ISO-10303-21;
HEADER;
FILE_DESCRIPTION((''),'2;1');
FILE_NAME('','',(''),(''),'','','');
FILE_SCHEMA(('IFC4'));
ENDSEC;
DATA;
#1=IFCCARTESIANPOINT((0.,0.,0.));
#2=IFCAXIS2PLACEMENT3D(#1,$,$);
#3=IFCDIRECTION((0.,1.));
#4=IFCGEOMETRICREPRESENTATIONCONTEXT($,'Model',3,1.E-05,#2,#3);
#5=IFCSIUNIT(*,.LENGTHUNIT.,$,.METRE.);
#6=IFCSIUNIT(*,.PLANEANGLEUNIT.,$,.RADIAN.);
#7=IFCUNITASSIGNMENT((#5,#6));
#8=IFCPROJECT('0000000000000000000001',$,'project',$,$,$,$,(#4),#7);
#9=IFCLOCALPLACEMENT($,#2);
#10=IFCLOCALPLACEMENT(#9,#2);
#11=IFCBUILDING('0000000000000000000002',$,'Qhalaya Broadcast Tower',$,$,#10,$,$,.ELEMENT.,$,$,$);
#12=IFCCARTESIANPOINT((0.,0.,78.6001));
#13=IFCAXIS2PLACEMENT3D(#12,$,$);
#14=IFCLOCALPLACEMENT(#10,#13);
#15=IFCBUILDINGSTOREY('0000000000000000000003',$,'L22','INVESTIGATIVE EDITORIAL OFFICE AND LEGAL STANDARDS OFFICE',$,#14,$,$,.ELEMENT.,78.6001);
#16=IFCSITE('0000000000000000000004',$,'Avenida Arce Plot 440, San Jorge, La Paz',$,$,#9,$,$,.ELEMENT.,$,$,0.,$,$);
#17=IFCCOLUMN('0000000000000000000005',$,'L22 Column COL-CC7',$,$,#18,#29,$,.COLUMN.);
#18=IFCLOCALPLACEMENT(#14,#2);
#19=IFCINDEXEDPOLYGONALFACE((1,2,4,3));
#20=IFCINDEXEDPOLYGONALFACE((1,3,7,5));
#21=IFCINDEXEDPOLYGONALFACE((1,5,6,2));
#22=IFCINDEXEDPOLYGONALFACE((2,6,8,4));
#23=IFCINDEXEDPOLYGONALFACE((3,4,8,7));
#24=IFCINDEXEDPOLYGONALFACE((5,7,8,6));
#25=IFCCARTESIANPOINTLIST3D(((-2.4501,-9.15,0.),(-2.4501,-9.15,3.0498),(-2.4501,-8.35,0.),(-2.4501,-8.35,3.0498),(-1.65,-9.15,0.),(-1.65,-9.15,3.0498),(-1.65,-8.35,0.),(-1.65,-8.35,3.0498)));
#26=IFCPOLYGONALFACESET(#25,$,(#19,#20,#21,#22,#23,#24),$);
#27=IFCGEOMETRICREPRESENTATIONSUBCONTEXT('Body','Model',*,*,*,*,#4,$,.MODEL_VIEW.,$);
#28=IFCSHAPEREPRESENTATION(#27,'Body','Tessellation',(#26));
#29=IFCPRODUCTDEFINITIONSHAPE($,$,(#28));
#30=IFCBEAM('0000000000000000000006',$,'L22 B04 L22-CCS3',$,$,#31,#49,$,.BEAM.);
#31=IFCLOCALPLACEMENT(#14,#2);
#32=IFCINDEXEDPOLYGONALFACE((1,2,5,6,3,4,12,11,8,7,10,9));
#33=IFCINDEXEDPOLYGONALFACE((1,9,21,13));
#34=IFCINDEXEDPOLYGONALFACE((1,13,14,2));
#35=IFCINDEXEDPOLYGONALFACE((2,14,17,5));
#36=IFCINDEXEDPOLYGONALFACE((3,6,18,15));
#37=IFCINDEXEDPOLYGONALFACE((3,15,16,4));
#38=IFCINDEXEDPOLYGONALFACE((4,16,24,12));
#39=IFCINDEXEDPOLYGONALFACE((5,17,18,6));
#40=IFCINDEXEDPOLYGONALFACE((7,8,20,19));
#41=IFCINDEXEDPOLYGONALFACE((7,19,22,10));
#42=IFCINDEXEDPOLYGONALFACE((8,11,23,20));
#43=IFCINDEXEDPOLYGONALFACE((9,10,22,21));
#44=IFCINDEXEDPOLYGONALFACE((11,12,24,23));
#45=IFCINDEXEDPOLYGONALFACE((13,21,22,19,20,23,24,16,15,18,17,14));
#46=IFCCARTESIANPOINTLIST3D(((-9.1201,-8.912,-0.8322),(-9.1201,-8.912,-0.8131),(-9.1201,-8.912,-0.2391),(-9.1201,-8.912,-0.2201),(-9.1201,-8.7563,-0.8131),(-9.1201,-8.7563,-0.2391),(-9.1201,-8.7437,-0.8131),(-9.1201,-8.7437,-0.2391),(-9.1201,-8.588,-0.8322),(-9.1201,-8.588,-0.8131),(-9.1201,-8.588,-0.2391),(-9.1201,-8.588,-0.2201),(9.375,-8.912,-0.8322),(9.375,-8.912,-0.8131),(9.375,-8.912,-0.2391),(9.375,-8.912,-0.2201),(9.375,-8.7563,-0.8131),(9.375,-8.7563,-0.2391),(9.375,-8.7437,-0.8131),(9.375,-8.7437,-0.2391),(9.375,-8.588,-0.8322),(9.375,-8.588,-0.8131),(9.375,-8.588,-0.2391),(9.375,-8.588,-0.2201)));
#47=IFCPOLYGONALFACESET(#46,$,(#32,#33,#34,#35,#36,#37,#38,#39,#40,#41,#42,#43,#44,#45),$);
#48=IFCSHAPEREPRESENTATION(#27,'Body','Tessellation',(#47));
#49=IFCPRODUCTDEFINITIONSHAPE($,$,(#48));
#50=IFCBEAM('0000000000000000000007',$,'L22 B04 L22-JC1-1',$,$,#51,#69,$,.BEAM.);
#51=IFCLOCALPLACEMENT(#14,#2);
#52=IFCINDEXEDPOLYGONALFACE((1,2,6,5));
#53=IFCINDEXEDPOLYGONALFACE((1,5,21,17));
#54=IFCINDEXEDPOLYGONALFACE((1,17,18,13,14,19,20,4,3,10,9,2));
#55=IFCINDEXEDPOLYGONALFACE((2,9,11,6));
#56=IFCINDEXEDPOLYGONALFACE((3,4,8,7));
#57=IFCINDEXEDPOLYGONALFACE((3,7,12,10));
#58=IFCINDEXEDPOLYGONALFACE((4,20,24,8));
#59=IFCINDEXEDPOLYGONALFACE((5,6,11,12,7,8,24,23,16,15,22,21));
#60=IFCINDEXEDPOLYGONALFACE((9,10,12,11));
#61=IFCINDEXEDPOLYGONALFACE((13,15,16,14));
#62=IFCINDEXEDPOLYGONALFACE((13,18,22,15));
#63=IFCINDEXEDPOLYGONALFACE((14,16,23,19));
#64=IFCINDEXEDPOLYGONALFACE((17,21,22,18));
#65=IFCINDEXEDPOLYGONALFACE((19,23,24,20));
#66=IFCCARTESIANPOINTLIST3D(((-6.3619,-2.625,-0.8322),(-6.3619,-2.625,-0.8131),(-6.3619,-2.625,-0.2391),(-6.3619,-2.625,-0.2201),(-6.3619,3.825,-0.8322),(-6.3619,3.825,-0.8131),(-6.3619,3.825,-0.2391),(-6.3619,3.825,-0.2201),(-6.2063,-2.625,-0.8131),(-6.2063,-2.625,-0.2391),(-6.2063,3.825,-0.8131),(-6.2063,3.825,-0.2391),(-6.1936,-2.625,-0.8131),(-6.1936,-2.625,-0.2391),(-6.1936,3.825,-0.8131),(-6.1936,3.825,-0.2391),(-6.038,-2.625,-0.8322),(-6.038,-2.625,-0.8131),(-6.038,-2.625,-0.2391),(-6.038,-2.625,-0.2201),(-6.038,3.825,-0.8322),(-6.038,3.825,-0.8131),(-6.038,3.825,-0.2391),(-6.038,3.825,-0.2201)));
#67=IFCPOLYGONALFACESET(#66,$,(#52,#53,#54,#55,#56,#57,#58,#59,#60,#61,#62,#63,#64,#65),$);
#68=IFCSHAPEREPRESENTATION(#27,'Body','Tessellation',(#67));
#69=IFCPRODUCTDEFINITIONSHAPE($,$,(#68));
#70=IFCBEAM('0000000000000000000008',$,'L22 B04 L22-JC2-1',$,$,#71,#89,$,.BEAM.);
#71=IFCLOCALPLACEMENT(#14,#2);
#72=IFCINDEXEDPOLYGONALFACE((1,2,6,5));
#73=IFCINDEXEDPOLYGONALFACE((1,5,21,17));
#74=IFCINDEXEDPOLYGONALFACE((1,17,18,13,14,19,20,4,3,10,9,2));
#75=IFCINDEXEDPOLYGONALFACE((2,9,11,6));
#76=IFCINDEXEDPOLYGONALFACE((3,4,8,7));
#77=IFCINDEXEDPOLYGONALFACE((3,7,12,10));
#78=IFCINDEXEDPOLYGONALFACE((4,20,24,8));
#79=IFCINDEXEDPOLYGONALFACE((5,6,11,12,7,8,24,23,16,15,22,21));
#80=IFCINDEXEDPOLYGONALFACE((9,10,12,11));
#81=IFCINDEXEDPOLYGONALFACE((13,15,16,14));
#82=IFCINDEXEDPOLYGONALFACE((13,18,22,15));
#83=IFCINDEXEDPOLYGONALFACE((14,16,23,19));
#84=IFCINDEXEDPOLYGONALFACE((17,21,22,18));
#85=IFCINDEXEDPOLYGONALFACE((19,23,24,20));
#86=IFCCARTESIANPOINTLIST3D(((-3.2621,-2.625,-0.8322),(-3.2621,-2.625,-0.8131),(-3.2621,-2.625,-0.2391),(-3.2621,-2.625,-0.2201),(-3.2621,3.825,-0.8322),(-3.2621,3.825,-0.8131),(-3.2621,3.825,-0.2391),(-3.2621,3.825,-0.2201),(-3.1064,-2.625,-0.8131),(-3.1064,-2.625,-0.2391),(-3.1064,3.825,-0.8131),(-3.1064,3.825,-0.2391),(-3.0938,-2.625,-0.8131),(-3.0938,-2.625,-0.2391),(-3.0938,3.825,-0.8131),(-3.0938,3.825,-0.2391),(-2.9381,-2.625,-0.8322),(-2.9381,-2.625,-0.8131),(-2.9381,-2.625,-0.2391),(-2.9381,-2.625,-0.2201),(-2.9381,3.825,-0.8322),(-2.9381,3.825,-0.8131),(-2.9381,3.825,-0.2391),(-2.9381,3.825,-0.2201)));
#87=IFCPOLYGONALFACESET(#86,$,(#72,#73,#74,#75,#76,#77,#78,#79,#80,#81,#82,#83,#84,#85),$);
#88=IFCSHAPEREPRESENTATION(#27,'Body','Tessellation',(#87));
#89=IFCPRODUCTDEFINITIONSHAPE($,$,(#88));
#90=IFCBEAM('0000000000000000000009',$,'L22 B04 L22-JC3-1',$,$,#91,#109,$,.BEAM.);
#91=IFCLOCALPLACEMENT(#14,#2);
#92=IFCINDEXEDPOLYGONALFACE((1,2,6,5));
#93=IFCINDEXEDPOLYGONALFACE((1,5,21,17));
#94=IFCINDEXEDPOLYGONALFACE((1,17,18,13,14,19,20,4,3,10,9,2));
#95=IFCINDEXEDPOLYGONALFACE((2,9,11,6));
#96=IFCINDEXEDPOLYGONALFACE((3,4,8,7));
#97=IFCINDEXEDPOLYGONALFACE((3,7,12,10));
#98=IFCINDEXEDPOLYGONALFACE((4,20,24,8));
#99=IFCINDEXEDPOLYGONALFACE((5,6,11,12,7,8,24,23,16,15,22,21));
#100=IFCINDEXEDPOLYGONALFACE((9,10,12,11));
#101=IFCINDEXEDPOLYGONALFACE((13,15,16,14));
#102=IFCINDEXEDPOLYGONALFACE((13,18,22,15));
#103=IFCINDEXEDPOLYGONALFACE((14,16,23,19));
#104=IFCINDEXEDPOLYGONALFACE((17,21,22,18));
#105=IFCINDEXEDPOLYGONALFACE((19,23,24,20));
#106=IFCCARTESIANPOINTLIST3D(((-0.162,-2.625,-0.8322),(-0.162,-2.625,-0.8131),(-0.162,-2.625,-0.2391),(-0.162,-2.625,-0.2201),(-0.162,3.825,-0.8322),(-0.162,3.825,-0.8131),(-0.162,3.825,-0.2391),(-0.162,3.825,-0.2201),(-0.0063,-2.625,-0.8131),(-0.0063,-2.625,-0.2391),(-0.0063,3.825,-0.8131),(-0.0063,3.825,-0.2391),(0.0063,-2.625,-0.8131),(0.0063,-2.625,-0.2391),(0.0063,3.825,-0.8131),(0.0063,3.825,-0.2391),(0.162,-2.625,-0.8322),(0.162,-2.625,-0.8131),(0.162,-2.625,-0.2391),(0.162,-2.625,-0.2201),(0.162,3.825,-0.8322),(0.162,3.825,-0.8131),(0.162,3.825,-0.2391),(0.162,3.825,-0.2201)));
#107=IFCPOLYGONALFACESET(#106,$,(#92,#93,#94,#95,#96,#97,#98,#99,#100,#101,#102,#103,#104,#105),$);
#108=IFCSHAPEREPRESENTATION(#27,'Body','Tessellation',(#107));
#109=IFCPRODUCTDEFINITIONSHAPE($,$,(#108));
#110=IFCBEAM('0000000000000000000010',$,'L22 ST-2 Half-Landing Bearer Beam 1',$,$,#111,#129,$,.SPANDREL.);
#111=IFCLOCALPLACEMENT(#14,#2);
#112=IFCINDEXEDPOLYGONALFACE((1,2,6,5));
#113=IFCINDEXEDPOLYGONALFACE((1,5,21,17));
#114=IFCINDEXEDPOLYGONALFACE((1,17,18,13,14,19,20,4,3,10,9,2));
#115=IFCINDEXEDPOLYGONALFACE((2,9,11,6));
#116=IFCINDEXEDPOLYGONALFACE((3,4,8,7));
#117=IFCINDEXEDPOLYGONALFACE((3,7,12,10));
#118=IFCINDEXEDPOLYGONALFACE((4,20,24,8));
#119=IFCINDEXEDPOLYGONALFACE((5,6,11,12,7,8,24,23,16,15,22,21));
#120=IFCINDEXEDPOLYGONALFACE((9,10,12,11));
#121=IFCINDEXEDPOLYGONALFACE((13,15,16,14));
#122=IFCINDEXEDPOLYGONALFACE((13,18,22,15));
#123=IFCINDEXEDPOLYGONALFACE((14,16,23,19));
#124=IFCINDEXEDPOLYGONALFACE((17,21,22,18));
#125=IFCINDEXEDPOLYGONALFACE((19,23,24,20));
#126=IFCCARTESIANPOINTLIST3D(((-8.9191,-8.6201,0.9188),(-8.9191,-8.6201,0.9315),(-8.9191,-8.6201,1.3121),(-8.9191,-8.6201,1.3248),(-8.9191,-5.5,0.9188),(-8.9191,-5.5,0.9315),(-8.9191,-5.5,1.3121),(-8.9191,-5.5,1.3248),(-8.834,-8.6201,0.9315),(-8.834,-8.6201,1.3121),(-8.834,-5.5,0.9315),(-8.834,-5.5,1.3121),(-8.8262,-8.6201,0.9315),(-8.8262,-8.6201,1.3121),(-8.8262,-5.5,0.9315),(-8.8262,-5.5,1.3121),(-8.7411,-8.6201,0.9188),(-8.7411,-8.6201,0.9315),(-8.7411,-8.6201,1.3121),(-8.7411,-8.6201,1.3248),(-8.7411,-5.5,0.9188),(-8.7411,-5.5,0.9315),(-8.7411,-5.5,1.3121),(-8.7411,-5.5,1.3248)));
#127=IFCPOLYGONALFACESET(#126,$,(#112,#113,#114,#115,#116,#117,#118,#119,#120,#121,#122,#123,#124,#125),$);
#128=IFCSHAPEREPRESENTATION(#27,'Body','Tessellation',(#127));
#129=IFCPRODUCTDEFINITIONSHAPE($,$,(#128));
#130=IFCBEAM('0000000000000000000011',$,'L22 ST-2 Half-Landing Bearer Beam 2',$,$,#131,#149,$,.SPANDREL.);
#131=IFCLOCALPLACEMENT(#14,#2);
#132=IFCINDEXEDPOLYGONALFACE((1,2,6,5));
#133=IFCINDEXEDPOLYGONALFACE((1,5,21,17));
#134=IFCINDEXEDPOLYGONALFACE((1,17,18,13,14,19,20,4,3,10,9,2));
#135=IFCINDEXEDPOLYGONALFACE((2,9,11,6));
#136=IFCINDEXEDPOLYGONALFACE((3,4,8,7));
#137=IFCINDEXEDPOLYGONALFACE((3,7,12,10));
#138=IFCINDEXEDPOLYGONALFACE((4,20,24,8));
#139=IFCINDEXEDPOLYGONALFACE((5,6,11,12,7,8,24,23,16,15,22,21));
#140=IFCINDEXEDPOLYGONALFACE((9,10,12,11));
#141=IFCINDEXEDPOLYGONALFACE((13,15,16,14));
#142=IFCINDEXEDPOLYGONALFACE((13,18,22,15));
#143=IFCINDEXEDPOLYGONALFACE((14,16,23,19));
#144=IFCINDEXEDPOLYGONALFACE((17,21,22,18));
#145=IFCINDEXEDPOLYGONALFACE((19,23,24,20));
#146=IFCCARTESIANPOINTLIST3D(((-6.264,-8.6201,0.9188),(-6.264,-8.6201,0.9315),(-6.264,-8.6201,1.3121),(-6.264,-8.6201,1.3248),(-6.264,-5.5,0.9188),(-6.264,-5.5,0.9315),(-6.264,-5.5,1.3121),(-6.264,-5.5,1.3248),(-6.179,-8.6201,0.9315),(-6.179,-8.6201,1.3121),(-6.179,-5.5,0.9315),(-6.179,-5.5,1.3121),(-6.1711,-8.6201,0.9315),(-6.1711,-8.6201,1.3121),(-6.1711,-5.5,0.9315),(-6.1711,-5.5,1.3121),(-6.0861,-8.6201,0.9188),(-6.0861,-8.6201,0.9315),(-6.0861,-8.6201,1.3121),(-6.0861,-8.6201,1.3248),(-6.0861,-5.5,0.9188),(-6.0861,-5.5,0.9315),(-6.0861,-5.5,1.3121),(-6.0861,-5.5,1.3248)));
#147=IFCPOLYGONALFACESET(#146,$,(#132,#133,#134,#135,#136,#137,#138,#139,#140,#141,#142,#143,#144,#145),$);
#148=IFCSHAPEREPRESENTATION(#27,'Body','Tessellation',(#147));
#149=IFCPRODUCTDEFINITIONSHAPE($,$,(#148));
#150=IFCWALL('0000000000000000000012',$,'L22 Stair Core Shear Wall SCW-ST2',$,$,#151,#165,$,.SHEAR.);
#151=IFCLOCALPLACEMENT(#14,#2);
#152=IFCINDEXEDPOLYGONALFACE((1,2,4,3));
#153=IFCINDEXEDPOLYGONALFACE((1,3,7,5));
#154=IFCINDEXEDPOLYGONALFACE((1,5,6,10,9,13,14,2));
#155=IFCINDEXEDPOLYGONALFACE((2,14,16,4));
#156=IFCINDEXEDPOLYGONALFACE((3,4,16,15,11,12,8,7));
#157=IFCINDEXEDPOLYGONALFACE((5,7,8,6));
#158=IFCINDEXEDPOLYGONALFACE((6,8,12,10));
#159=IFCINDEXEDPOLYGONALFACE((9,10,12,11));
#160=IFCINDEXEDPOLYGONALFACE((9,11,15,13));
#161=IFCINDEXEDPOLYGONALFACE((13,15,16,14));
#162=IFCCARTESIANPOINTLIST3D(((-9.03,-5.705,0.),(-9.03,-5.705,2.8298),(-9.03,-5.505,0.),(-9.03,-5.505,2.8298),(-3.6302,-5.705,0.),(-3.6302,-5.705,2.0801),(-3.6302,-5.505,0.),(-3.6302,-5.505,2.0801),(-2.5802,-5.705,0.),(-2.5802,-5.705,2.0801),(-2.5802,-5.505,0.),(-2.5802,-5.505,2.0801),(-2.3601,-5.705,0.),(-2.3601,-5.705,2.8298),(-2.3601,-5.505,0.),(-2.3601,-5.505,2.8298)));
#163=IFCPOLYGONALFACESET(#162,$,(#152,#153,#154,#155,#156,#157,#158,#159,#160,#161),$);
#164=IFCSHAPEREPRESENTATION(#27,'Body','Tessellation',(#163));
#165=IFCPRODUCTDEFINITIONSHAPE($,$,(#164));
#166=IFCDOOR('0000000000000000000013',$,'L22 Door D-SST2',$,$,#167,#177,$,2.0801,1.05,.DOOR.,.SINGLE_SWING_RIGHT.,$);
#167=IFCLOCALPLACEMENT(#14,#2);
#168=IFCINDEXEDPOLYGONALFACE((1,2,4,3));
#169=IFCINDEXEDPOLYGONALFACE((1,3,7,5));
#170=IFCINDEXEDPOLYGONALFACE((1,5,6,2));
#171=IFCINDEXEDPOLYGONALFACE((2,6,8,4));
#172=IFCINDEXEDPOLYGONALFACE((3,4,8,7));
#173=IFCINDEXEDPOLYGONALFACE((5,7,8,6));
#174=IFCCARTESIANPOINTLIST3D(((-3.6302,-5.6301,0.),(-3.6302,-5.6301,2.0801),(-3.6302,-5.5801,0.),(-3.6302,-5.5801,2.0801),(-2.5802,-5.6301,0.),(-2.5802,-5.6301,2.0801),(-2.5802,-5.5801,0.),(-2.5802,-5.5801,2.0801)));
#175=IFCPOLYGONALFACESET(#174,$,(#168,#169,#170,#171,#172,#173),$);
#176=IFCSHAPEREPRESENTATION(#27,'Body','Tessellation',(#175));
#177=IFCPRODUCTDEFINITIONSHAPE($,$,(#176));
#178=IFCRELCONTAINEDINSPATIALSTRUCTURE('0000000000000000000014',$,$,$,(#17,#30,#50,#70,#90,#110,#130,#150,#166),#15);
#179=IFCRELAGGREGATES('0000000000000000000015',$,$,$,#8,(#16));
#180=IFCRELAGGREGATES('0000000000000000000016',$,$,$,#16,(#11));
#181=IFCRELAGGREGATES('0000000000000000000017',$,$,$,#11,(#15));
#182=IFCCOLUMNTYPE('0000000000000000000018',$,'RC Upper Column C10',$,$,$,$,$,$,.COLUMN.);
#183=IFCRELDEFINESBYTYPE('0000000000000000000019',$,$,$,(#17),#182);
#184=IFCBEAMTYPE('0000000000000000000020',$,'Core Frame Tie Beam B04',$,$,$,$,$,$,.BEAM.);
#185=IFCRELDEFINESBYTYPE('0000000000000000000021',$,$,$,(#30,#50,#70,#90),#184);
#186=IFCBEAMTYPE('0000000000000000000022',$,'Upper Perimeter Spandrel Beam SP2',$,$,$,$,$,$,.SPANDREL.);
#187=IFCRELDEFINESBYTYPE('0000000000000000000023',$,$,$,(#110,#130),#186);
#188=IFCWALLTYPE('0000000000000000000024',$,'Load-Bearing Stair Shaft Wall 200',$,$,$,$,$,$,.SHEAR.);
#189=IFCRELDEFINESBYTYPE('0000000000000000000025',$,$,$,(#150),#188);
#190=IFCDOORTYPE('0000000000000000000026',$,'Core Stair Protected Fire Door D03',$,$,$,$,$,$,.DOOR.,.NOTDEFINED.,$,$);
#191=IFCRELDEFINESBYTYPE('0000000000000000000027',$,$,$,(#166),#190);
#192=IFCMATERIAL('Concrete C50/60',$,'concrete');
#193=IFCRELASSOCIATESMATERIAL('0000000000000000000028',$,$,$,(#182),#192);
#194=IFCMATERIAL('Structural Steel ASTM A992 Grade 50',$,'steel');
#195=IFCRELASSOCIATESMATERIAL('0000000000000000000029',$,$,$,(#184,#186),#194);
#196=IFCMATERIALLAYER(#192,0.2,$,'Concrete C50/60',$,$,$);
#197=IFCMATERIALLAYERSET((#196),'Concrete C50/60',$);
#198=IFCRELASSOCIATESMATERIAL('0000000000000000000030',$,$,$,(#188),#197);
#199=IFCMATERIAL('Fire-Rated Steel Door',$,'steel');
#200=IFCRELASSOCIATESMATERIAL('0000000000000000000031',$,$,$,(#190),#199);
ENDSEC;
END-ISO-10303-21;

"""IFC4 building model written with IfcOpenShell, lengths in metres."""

from ifc_helpers import new_model, si_unit, direction, frame, frame_2d, origin, origin_2d, place, context, subcontext, project, spatial, rectangle, i_section, extrude, material, layer, layer_set, material_profile, profile_set, type_object, element, fill, save


model = new_model("IFC4")

# Units and contexts
model_context = context("Model", 3, precision=1e-05, world=origin(), true_north=direction((0.0, 1.0)))
body_context = subcontext(model_context, "Body", "Model", "MODEL_VIEW")
ifc_project = project(units=[si_unit("LENGTHUNIT", "METRE"), si_unit("PLANEANGLEUNIT", "RADIAN")], contexts=[model_context])

# Site, building, storey
site_placement = place(None, origin())
site = spatial("IfcSite", under=ifc_project, at=site_placement, Name="Avenida Arce Plot 440, San Jorge, La Paz", CompositionType="ELEMENT", RefElevation=0.0)
building_placement = place(site_placement, origin())
building = spatial("IfcBuilding", under=site, at=building_placement, Name="Qhalaya Broadcast Tower", CompositionType="ELEMENT")
storey_placement = place(building_placement, frame((0.0, 0.0, 78.6001)))
storey = spatial("IfcBuildingStorey", under=building, at=storey_placement, Name="L22", Description="INVESTIGATIVE EDITORIAL OFFICE AND LEGAL STANDARDS OFFICE", CompositionType="ELEMENT", Elevation=78.6001)

# Column
ifc_material_1 = material(Name="Concrete C50/60", Category="concrete")
ifc_material_profile_1 = material_profile(ifc_material_1, rectangle(XDim=0.8, YDim=0.8, at=origin_2d()), Name="RC-COL 800x800")
ifc_profile_set_1 = profile_set([ifc_material_profile_1], Name="Concrete C50/60")
column_type = type_object("IfcColumnType", Name="RC Upper Column C10", PredefinedType="COLUMN", material=ifc_profile_set_1)
column_placement = place(storey_placement, frame((-2.05, -8.75, 0.0), z_axis=(0.0, 0.0, 1.0), x_axis=(1.0, 0.0, 0.0)))
element("IfcColumn", 1, at=column_placement, inside=storey, type_object=column_type, Name="L22 Column COL-CC7", PredefinedType="COLUMN", context=body_context, shape_type="SweptSolid", body=[
    extrude(rectangle(XDim=0.8, YDim=0.8, at=origin_2d()), origin(), (0.0, 0.0, 1.0), 3.0498),
])

# Beams
ifc_material_2 = material(Name="Structural Steel ASTM A992 Grade 50", Category="steel")
ifc_material_profile_2 = material_profile(ifc_material_2, i_section(OverallWidth=0.324, OverallDepth=0.6121, WebThickness=0.0127, FlangeThickness=0.019, at=origin_2d()), Name="W24X104")
ifc_profile_set_2 = profile_set([ifc_material_profile_2], Name="Structural Steel ASTM A992 Grade 50")
beam_type_1 = type_object("IfcBeamType", Name="Core Frame Tie Beam B04", PredefinedType="BEAM", material=ifc_profile_set_2)
beam_placement = place(storey_placement, frame((-9.1201, -8.75, -0.5261), z_axis=(1.0, 0.0, 0.0), x_axis=(0.0, 1.0, 0.0)))
element("IfcBeam", 2, at=beam_placement, inside=storey, type_object=beam_type_1, Name="L22 B04 L22-CCS3", PredefinedType="BEAM", context=body_context, shape_type="SweptSolid", body=[
    extrude(i_section(OverallWidth=0.324, OverallDepth=0.6121, WebThickness=0.0127, FlangeThickness=0.019, at=origin_2d()), origin(), (0.0, 0.0, 1.0), 18.4951),
])
for number, where, z_axis, x_axis, name in (
    (3, (-6.2, -2.625, -0.5261), (0.0, 1.0, 0.0), (-1.0, 0.0, 0.0), "L22 B04 L22-JC1-1"),
    (4, (-3.1001, -2.625, -0.5261), (0.0, 1.0, 0.0), (-1.0, 0.0, 0.0), "L22 B04 L22-JC2-1"),
    (5, (0.0, -2.625, -0.5261), (0.0, 1.0, 0.0), (-1.0, 0.0, 0.0), "L22 B04 L22-JC3-1"),
):
    element("IfcBeam", number, at=place(storey_placement, frame(where, z_axis=z_axis, x_axis=x_axis)), inside=storey, type_object=beam_type_1, Name=name, PredefinedType="BEAM", context=body_context, shape_type="SweptSolid", body=[
        extrude(i_section(OverallWidth=0.324, OverallDepth=0.6121, WebThickness=0.0127, FlangeThickness=0.019, at=origin_2d()), origin(), (0.0, 0.0, 1.0), 6.45),
    ])
ifc_material_profile_3 = material_profile(ifc_material_2, i_section(OverallWidth=0.178, OverallDepth=0.406, WebThickness=0.0078, FlangeThickness=0.0127, at=origin_2d()), Name="W16X40")
ifc_profile_set_3 = profile_set([ifc_material_profile_3], Name="Structural Steel ASTM A992 Grade 50")
beam_type_2 = type_object("IfcBeamType", Name="Upper Perimeter Spandrel Beam SP2", PredefinedType="SPANDREL", material=ifc_profile_set_3)
for number, where, z_axis, x_axis, name in (
    (6, (-8.8301, -8.6201, 1.1218), (0.0, 1.0, 0.0), (-1.0, 0.0, 0.0), "L22 ST-2 Half-Landing Bearer Beam 1"),
    (7, (-6.175, -8.6201, 1.1218), (0.0, 1.0, 0.0), (-1.0, 0.0, 0.0), "L22 ST-2 Half-Landing Bearer Beam 2"),
):
    element("IfcBeam", number, at=place(storey_placement, frame(where, z_axis=z_axis, x_axis=x_axis)), inside=storey, type_object=beam_type_2, Name=name, PredefinedType="SPANDREL", context=body_context, shape_type="SweptSolid", body=[
        extrude(i_section(OverallWidth=0.178, OverallDepth=0.406, WebThickness=0.0078, FlangeThickness=0.0127, at=origin_2d()), origin(), (0.0, 0.0, 1.0), 3.1201),
    ])

# Wall, opening, door
ifc_layer_1 = layer(ifc_material_1, 0.2, Name="Concrete C50/60")
ifc_layer_set_1 = layer_set([ifc_layer_1], Name="Concrete C50/60")
wall_type_1 = type_object("IfcWallType", Name="Load-Bearing Stair Shaft Wall 200", PredefinedType="SHEAR", material=ifc_layer_set_1)
wall_1_placement = place(storey_placement, frame((-9.03, -5.605, 0.0), z_axis=(0.0, 0.0, 1.0), x_axis=(1.0, 0.0, 0.0)))
wall_1 = element("IfcWall", 8, at=wall_1_placement, inside=storey, type_object=wall_type_1, Name="L22 Stair Core Shear Wall SCW-ST2", PredefinedType="SHEAR", context=body_context, shape_type="SweptSolid", body=[
    extrude(rectangle(XDim=6.6699, YDim=0.2, at=frame_2d((3.335, 0.0))), origin(), (0.0, 0.0, 1.0), 2.8298),
])
opening_1_placement = place(wall_1_placement, frame((5.3999, 0.0, 0.0)))
opening_1 = element("IfcOpeningElement", 9, at=opening_1_placement, cuts=wall_1, PredefinedType="OPENING", context=body_context, shape_type="SweptSolid", body=[
    extrude(rectangle(XDim=1.05, YDim=2.0801, at=frame_2d((0.5249, 1.04))), frame((0.0, 0.1121, 0.0), z_axis=(0.0, -1.0, 0.0), x_axis=(1.0, 0.0, 0.0)), (0.0, 0.0, 1.0), 0.2239),
])
ifc_material_3 = material(Name="Fire-Rated Steel Door", Category="steel")
door_type_1 = type_object("IfcDoorType", Name="Core Stair Protected Fire Door D03", OperationType="NOTDEFINED", PredefinedType="DOOR", material=ifc_material_3)
door_1_placement = place(opening_1_placement, origin())
door_1 = element("IfcDoor", 10, at=door_1_placement, inside=storey, type_object=door_type_1, Name="L22 Door D-SST2", OperationType="SINGLE_SWING_RIGHT", OverallHeight=2.0801, OverallWidth=1.05, PredefinedType="DOOR", context=body_context, shape_type="SweptSolid", body=[
    extrude(rectangle(XDim=1.05, YDim=2.0801, at=frame_2d((0.5249, 1.04))), frame((0.0, 0.0249, 0.0), z_axis=(0.0, -1.0, 0.0), x_axis=(1.0, 0.0, 0.0)), (0.0, 0.0, 1.0), 0.05),
])
fill(opening_1, door_1)

save(model, "model.ifc")
